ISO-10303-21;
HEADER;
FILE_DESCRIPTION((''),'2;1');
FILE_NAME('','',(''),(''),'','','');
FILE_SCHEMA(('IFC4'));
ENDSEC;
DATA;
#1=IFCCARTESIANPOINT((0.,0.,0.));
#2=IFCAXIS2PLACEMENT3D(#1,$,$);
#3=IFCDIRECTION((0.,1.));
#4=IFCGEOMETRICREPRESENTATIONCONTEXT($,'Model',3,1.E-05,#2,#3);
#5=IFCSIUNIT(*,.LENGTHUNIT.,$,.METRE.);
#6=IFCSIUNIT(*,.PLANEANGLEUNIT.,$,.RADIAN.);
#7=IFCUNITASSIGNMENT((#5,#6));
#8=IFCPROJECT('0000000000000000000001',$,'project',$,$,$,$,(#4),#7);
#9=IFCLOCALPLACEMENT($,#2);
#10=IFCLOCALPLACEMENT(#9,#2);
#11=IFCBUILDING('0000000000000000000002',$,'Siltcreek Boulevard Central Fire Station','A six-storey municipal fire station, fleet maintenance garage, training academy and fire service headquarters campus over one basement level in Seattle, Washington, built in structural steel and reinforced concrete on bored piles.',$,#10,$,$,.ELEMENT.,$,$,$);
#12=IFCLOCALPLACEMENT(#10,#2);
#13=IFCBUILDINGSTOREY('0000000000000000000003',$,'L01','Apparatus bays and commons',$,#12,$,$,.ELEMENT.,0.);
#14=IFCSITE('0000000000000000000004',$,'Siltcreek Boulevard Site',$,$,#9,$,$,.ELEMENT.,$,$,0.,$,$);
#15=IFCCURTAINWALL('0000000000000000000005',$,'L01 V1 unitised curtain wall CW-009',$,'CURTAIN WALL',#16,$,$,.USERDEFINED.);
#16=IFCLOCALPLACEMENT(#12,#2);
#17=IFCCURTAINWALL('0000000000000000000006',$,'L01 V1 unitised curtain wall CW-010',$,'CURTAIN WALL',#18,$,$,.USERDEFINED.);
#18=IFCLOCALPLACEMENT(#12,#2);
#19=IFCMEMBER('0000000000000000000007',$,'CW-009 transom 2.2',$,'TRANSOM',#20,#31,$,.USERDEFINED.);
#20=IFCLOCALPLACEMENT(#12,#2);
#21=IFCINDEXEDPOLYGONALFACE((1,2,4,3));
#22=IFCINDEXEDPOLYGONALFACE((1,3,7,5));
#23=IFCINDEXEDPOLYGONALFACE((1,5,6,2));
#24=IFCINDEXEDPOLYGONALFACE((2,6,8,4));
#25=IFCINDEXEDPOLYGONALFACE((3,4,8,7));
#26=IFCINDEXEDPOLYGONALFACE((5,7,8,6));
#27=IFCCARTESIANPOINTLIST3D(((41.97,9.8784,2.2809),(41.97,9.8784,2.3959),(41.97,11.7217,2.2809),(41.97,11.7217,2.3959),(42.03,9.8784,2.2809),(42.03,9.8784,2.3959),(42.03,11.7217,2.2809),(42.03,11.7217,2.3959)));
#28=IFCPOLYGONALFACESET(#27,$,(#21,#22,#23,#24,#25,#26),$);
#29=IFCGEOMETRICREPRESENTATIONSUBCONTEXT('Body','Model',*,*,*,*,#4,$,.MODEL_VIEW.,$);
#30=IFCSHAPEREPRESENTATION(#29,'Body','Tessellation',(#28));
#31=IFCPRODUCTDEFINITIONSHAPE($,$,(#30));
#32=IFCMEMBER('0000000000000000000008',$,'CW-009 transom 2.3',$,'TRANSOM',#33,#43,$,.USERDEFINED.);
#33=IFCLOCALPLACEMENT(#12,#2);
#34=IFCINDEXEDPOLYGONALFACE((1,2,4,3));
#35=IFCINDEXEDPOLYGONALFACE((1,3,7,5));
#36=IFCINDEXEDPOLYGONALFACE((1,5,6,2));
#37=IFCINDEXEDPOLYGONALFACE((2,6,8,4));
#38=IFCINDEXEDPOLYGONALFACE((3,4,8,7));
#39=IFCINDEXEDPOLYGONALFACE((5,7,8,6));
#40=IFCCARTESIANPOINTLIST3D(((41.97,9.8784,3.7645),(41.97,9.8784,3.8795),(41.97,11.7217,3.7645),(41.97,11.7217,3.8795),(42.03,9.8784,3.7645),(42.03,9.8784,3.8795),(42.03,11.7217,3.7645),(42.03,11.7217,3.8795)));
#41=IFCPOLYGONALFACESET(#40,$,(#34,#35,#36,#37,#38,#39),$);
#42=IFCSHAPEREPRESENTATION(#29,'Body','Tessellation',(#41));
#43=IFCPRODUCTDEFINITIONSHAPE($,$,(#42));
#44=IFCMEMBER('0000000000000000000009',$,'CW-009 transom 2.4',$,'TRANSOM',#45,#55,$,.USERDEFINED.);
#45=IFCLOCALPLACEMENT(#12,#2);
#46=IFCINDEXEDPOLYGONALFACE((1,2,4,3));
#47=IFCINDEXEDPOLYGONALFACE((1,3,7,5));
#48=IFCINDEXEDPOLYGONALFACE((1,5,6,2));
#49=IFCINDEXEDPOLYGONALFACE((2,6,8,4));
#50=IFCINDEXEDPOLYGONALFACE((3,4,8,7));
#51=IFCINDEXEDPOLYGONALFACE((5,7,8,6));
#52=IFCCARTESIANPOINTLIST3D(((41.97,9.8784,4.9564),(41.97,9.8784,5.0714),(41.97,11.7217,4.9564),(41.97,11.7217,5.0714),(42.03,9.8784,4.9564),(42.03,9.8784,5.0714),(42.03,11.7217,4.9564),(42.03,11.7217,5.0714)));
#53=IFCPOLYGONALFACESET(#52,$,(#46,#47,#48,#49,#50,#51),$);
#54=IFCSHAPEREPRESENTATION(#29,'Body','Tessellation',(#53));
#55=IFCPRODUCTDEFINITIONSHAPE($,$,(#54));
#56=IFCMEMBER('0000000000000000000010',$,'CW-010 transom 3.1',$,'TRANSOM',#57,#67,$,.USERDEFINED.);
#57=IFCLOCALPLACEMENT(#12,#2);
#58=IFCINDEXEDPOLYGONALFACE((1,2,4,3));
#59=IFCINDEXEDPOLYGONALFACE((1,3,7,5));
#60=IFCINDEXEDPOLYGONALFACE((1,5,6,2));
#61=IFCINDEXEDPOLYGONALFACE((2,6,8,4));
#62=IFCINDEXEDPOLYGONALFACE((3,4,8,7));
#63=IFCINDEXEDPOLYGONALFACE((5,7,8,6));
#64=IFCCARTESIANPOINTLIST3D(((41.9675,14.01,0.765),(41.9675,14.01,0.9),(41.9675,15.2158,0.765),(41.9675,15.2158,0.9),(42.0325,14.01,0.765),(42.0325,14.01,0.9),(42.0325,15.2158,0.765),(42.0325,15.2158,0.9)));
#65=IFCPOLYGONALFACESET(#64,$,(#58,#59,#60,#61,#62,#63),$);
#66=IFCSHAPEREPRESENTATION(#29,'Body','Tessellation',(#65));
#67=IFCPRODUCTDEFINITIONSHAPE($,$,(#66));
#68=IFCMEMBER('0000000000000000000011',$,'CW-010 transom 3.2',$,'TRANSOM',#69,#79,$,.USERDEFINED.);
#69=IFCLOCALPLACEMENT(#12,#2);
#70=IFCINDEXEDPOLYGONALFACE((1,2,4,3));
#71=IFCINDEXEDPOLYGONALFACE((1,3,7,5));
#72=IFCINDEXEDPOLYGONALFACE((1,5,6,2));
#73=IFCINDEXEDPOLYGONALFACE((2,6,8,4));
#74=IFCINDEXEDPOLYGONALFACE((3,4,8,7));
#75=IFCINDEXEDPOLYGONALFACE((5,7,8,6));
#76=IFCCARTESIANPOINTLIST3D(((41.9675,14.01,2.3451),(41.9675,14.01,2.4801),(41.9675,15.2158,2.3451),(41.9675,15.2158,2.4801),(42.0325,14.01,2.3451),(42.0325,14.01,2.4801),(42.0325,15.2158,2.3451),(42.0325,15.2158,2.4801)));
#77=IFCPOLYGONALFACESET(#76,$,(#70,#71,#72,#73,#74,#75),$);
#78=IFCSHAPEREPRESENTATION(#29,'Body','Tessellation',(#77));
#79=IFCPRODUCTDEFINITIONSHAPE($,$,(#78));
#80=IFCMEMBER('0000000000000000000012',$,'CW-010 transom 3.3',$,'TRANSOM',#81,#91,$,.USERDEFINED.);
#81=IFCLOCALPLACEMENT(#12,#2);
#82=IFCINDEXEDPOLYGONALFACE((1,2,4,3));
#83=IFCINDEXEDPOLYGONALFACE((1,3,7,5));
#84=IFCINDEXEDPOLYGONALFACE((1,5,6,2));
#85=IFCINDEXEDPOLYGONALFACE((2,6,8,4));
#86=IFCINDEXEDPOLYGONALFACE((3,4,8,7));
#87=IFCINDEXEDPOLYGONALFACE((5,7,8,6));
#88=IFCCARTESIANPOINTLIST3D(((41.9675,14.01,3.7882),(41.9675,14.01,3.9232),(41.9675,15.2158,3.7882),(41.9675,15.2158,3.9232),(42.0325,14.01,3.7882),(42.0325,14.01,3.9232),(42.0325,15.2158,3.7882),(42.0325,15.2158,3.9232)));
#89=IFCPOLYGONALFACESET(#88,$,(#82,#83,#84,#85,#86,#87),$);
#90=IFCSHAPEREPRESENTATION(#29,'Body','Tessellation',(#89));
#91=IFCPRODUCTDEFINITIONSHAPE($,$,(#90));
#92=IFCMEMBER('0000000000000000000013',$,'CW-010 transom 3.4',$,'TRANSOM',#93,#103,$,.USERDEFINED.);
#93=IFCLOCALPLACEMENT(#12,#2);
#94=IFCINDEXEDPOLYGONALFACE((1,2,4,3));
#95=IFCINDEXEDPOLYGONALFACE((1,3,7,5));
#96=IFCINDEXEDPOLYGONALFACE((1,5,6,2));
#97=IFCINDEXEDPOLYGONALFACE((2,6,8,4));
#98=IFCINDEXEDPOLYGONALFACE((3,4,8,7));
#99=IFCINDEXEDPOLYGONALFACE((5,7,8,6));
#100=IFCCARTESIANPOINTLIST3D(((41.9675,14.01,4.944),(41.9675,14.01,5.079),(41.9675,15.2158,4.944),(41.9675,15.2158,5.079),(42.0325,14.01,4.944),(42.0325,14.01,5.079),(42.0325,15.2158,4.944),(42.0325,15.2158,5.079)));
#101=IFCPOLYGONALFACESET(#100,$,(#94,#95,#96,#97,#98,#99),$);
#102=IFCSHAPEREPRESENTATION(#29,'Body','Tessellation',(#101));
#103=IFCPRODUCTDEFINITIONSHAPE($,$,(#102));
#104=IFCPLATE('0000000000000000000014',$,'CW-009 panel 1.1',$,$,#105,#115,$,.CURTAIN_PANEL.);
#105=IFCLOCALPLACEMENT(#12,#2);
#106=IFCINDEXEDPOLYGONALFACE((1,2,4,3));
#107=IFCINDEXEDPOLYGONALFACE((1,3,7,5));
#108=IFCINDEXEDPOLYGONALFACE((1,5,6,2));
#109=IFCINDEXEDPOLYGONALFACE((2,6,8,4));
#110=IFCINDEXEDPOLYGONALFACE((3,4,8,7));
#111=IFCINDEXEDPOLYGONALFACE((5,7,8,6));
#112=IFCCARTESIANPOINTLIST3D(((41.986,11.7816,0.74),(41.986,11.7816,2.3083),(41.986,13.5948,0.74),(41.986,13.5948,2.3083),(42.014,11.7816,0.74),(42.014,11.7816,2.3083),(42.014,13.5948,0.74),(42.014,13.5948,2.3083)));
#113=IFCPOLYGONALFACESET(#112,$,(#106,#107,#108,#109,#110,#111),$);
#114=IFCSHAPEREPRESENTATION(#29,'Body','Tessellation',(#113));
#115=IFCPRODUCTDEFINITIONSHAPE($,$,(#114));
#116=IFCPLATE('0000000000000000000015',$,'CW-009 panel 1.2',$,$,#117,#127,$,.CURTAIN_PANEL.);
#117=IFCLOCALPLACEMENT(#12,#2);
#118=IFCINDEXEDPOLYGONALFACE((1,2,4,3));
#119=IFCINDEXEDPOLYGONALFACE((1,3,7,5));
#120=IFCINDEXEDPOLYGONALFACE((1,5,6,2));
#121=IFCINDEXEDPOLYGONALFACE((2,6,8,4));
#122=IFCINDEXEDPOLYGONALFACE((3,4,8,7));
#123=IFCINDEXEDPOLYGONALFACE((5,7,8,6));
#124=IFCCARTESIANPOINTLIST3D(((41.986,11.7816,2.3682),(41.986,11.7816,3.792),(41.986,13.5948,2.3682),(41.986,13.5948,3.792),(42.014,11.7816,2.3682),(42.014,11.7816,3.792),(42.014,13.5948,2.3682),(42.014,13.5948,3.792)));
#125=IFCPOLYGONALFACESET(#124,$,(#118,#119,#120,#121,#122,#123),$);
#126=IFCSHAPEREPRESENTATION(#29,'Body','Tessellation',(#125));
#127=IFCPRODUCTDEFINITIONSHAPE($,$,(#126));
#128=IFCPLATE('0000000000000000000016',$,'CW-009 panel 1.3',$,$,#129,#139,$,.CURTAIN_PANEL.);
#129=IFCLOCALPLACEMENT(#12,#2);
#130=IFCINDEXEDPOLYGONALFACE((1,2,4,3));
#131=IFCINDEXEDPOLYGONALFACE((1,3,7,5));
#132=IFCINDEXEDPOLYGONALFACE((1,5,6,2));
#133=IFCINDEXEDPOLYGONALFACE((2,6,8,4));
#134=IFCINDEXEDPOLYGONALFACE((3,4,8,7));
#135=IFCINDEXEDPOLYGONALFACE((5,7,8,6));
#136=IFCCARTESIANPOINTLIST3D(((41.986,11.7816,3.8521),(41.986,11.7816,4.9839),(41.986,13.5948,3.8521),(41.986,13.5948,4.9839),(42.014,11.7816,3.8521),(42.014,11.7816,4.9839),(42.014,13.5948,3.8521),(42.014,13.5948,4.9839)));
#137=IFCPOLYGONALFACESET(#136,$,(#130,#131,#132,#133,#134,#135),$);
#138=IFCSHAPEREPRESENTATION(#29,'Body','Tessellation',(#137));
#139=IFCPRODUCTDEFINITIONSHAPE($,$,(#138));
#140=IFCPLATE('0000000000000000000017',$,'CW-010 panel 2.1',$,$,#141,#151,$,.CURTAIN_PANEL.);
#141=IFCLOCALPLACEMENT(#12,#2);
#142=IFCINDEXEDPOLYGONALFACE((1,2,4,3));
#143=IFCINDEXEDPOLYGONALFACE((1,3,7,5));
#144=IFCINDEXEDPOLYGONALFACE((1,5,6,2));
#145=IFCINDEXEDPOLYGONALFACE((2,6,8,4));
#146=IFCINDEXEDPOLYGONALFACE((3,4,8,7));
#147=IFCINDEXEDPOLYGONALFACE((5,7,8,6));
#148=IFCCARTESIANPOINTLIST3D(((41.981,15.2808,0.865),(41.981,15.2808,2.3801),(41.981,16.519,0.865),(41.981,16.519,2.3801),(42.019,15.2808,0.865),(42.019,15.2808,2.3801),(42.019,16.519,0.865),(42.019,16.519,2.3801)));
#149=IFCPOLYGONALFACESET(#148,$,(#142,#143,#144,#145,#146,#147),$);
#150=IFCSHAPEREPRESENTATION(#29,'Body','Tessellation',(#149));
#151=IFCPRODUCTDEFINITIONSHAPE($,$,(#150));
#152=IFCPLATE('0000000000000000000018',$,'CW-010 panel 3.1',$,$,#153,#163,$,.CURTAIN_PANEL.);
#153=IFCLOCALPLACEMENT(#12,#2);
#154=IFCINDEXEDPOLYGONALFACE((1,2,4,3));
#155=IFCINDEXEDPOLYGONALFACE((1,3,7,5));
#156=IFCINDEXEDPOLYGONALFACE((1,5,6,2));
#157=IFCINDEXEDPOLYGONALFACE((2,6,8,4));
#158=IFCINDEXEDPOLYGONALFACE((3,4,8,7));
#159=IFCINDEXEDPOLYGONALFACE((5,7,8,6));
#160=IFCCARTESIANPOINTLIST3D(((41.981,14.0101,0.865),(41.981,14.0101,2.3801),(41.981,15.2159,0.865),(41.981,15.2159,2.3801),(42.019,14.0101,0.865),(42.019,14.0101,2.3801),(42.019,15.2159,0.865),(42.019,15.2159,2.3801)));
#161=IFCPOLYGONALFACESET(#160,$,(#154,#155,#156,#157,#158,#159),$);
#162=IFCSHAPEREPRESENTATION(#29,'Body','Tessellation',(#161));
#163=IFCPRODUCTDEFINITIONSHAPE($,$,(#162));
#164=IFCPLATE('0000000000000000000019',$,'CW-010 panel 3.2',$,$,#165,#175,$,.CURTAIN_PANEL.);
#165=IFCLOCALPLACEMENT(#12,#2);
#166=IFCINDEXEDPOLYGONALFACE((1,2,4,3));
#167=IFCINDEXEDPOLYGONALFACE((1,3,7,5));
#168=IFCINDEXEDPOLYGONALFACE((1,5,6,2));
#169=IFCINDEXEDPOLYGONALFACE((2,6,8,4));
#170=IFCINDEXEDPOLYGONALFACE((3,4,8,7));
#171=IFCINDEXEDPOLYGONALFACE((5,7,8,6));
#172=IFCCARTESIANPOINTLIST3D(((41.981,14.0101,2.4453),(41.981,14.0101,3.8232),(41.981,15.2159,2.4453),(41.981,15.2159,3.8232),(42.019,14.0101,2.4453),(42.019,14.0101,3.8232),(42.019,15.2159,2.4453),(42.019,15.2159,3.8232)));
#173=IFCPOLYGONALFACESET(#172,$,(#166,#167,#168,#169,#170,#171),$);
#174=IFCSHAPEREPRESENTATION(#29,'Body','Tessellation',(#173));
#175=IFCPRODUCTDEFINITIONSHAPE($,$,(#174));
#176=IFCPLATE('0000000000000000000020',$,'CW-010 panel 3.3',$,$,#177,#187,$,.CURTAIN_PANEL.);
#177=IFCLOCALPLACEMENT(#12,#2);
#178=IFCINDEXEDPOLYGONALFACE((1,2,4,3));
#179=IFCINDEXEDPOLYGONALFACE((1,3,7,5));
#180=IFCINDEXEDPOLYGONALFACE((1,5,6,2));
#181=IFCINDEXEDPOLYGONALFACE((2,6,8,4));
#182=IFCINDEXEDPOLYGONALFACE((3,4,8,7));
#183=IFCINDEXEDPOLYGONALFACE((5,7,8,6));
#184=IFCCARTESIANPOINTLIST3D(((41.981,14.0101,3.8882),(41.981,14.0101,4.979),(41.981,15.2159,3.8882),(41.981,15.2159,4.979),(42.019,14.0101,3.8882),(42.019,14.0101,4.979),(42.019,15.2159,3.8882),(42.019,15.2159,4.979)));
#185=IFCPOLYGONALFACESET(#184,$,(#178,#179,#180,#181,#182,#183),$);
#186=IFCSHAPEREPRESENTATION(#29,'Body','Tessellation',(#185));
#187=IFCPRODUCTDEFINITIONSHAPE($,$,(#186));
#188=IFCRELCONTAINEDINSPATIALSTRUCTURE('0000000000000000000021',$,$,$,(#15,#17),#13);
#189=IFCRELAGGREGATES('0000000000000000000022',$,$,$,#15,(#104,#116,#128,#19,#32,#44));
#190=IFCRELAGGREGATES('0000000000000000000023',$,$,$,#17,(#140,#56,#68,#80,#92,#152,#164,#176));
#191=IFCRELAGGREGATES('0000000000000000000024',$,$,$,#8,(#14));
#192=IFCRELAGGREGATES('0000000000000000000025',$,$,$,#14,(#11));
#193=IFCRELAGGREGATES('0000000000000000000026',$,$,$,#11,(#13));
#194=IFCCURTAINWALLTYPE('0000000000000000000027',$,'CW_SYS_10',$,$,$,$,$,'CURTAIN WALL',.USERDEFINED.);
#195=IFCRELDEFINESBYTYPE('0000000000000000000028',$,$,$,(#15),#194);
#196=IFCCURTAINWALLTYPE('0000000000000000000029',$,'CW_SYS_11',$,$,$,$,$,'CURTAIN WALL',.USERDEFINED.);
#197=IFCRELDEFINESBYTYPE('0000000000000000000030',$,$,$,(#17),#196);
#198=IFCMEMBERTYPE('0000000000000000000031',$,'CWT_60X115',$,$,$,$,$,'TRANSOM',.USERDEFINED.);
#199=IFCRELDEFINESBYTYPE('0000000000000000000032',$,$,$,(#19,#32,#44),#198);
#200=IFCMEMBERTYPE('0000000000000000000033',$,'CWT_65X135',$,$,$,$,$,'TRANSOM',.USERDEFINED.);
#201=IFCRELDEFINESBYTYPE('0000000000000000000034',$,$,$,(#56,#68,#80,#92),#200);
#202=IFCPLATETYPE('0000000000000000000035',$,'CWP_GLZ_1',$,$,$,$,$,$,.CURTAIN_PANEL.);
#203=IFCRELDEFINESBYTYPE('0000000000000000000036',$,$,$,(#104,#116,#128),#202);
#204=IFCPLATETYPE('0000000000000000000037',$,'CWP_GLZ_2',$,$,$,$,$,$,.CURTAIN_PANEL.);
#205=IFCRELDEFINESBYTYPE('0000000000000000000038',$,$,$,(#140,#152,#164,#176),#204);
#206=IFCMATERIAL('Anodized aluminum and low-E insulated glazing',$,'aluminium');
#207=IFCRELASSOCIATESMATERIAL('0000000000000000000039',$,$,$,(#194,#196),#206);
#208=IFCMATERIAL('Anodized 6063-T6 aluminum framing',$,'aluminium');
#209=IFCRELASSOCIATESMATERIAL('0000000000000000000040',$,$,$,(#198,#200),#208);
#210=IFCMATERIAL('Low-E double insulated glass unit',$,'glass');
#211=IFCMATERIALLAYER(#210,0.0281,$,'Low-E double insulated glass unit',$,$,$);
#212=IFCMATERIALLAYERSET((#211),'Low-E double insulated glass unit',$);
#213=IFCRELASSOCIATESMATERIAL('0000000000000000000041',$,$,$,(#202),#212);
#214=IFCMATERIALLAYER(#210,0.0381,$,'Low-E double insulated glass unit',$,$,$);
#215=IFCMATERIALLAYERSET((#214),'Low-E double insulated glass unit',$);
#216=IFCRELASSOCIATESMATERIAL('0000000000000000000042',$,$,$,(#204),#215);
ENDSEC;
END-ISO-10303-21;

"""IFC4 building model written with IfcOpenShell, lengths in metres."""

from ifc_helpers import new_model, si_unit, direction, frame, origin, origin_2d, place, context, subcontext, project, spatial, rectangle, extrude, material, layer, layer_set, material_profile, profile_set, type_object, element, aggregate, save


model = new_model("IFC4")

# Units and contexts
model_context = context("Model", 3, precision=1e-05, world=origin(), true_north=direction((0.0, 1.0)))
body_context = subcontext(model_context, "Body", "Model", "MODEL_VIEW")
ifc_project = project(units=[si_unit("LENGTHUNIT", "METRE"), si_unit("PLANEANGLEUNIT", "RADIAN")], contexts=[model_context])

# Site, building, storey
site_placement = place(None, origin())
site = spatial("IfcSite", under=ifc_project, at=site_placement, Name="Siltcreek Boulevard Site", CompositionType="ELEMENT", RefElevation=0.0)
building_placement = place(site_placement, origin())
building = spatial("IfcBuilding", under=site, at=building_placement, Name="Siltcreek Boulevard Central Fire Station", Description="A six-storey municipal fire station, fleet maintenance garage, training academy and fire service headquarters campus over one basement level in Seattle, Washington, built in structural steel and reinforced concrete on bored piles.", CompositionType="ELEMENT")
storey_placement = place(building_placement, origin())
storey = spatial("IfcBuildingStorey", under=building, at=storey_placement, Name="L01", Description="Apparatus bays and commons", CompositionType="ELEMENT", Elevation=0.0)

# Curtain walls
ifc_material_1 = material(Name="Anodized aluminum and low-E insulated glazing", Category="aluminium")
curtain_wall_type_1 = type_object("IfcCurtainWallType", Name="CW_SYS_10", ElementType="CURTAIN WALL", PredefinedType="USERDEFINED", material=ifc_material_1)
curtain_wall_1_placement = place(storey_placement, origin())
curtain_wall_1 = element("IfcCurtainWall", 1, at=curtain_wall_1_placement, inside=storey, type_object=curtain_wall_type_1, Name="L01 V1 unitised curtain wall CW-009", ObjectType="CURTAIN WALL", PredefinedType="USERDEFINED")
ifc_material_2 = material(Name="Anodized 6063-T6 aluminum framing", Category="aluminium")
curtain_wall_type_2 = type_object("IfcCurtainWallType", Name="CW_SYS_11", ElementType="CURTAIN WALL", PredefinedType="USERDEFINED", material=ifc_material_1)
curtain_wall_2_placement = place(storey_placement, origin())
curtain_wall_2 = element("IfcCurtainWall", 2, at=curtain_wall_2_placement, inside=storey, type_object=curtain_wall_type_2, Name="L01 V1 unitised curtain wall CW-010", ObjectType="CURTAIN WALL", PredefinedType="USERDEFINED")

# Members
ifc_material_profile_1 = material_profile(ifc_material_2, rectangle(XDim=0.0601, YDim=0.115, at=origin_2d()), Name="TRAN60X115")
ifc_profile_set_1 = profile_set([ifc_material_profile_1], Name="Anodized 6063-T6 aluminum framing")
member_type_1 = type_object("IfcMemberType", Name="CWT_60X115", ElementType="TRANSOM", PredefinedType="USERDEFINED", material=ifc_profile_set_1)
member_1_placement = place(storey_placement, frame((42.0, 11.7217, 2.3384), z_axis=(0.0, -1.0, 0.0), x_axis=(1.0, 0.0, 0.0)))
member_1 = element("IfcMember", 3, at=member_1_placement, type_object=member_type_1, Name="CW-009 transom 2.2", ObjectType="TRANSOM", PredefinedType="USERDEFINED", context=body_context, shape_type="SweptSolid", body=[
    extrude(rectangle(XDim=0.0601, YDim=0.115, at=origin_2d()), origin(), (0.0, 0.0, 1.0), 1.8433),
])
member_2_placement = place(storey_placement, frame((42.0, 11.7217, 3.822), z_axis=(0.0, -1.0, 0.0), x_axis=(1.0, 0.0, 0.0)))
member_2 = element("IfcMember", 4, at=member_2_placement, type_object=member_type_1, Name="CW-009 transom 2.3", ObjectType="TRANSOM", PredefinedType="USERDEFINED", context=body_context, shape_type="SweptSolid", body=[
    extrude(rectangle(XDim=0.0601, YDim=0.115, at=origin_2d()), origin(), (0.0, 0.0, 1.0), 1.8433),
])
member_3_placement = place(storey_placement, frame((42.0, 11.7217, 5.0139), z_axis=(0.0, -1.0, 0.0), x_axis=(1.0, 0.0, 0.0)))
member_3 = element("IfcMember", 5, at=member_3_placement, type_object=member_type_1, Name="CW-009 transom 2.4", ObjectType="TRANSOM", PredefinedType="USERDEFINED", context=body_context, shape_type="SweptSolid", body=[
    extrude(rectangle(XDim=0.0601, YDim=0.115, at=origin_2d()), origin(), (0.0, 0.0, 1.0), 1.8433),
])
ifc_material_profile_2 = material_profile(ifc_material_2, rectangle(XDim=0.0649, YDim=0.135, at=origin_2d()), Name="TRAN65X135")
ifc_profile_set_2 = profile_set([ifc_material_profile_2], Name="Anodized 6063-T6 aluminum framing")
member_type_2 = type_object("IfcMemberType", Name="CWT_65X135", ElementType="TRANSOM", PredefinedType="USERDEFINED", material=ifc_profile_set_2)
member_4_placement = place(storey_placement, frame((42.0, 15.2158, 0.8325), z_axis=(0.0, -1.0, 0.0), x_axis=(1.0, 0.0, 0.0)))
member_4 = element("IfcMember", 6, at=member_4_placement, type_object=member_type_2, Name="CW-010 transom 3.1", ObjectType="TRANSOM", PredefinedType="USERDEFINED", context=body_context, shape_type="SweptSolid", body=[
    extrude(rectangle(XDim=0.0649, YDim=0.135, at=origin_2d()), origin(), (0.0, 0.0, 1.0), 1.2058),
])
member_5_placement = place(storey_placement, frame((42.0, 15.2158, 2.4126), z_axis=(0.0, -1.0, 0.0), x_axis=(1.0, 0.0, 0.0)))
member_5 = element("IfcMember", 7, at=member_5_placement, type_object=member_type_2, Name="CW-010 transom 3.2", ObjectType="TRANSOM", PredefinedType="USERDEFINED", context=body_context, shape_type="SweptSolid", body=[
    extrude(rectangle(XDim=0.0649, YDim=0.135, at=origin_2d()), origin(), (0.0, 0.0, 1.0), 1.2058),
])
member_6_placement = place(storey_placement, frame((42.0, 15.2158, 3.8557), z_axis=(0.0, -1.0, 0.0), x_axis=(1.0, 0.0, 0.0)))
member_6 = element("IfcMember", 8, at=member_6_placement, type_object=member_type_2, Name="CW-010 transom 3.3", ObjectType="TRANSOM", PredefinedType="USERDEFINED", context=body_context, shape_type="SweptSolid", body=[
    extrude(rectangle(XDim=0.0649, YDim=0.135, at=origin_2d()), origin(), (0.0, 0.0, 1.0), 1.2058),
])
member_7_placement = place(storey_placement, frame((42.0, 15.2158, 5.0115), z_axis=(0.0, -1.0, 0.0), x_axis=(1.0, 0.0, 0.0)))
member_7 = element("IfcMember", 9, at=member_7_placement, type_object=member_type_2, Name="CW-010 transom 3.4", ObjectType="TRANSOM", PredefinedType="USERDEFINED", context=body_context, shape_type="SweptSolid", body=[
    extrude(rectangle(XDim=0.0649, YDim=0.135, at=origin_2d()), origin(), (0.0, 0.0, 1.0), 1.2058),
])

# Plates
ifc_material_3 = material(Name="Low-E double insulated glass unit", Category="glass")
ifc_layer_1 = layer(ifc_material_3, 0.0281, Name="Low-E double insulated glass unit")
ifc_layer_set_1 = layer_set([ifc_layer_1], Name="Low-E double insulated glass unit")
plate_type_1 = type_object("IfcPlateType", Name="CWP_GLZ_1", PredefinedType="CURTAIN_PANEL", material=ifc_layer_set_1)
plate_1_placement = place(storey_placement, frame((42.0, 12.6882, 0.74), z_axis=(0.0, 0.0, 1.0), x_axis=(0.0, -1.0, 0.0)))
plate_1 = element("IfcPlate", 10, at=plate_1_placement, type_object=plate_type_1, Name="CW-009 panel 1.1", PredefinedType="CURTAIN_PANEL", context=body_context, shape_type="SweptSolid", body=[
    extrude(rectangle(XDim=1.8132, YDim=0.0281, at=origin_2d()), origin(), (0.0, 0.0, 1.0), 1.5684),
])
plate_2_placement = place(storey_placement, frame((42.0, 12.6882, 2.3682), z_axis=(0.0, 0.0, 1.0), x_axis=(0.0, -1.0, 0.0)))
plate_2 = element("IfcPlate", 11, at=plate_2_placement, type_object=plate_type_1, Name="CW-009 panel 1.2", PredefinedType="CURTAIN_PANEL", context=body_context, shape_type="SweptSolid", body=[
    extrude(rectangle(XDim=1.8132, YDim=0.0281, at=origin_2d()), origin(), (0.0, 0.0, 1.0), 1.4238),
])
plate_3_placement = place(storey_placement, frame((42.0, 12.6882, 3.8521), z_axis=(0.0, 0.0, 1.0), x_axis=(0.0, -1.0, 0.0)))
plate_3 = element("IfcPlate", 12, at=plate_3_placement, type_object=plate_type_1, Name="CW-009 panel 1.3", PredefinedType="CURTAIN_PANEL", context=body_context, shape_type="SweptSolid", body=[
    extrude(rectangle(XDim=1.8132, YDim=0.0281, at=origin_2d()), origin(), (0.0, 0.0, 1.0), 1.1318),
])
aggregate(curtain_wall_1, [plate_1, plate_2, plate_3, member_1, member_2, member_3])
ifc_layer_2 = layer(ifc_material_3, 0.0381, Name="Low-E double insulated glass unit")
ifc_layer_set_2 = layer_set([ifc_layer_2], Name="Low-E double insulated glass unit")
plate_type_2 = type_object("IfcPlateType", Name="CWP_GLZ_2", PredefinedType="CURTAIN_PANEL", material=ifc_layer_set_2)
plate_4_placement = place(storey_placement, frame((42.0, 15.8999, 0.865), z_axis=(0.0, 0.0, 1.0), x_axis=(0.0, -1.0, 0.0)))
plate_4 = element("IfcPlate", 13, at=plate_4_placement, type_object=plate_type_2, Name="CW-010 panel 2.1", PredefinedType="CURTAIN_PANEL", context=body_context, shape_type="SweptSolid", body=[
    extrude(rectangle(XDim=1.2383, YDim=0.0381, at=origin_2d()), origin(), (0.0, 0.0, 1.0), 1.5151),
])
plate_5_placement = place(storey_placement, frame((42.0, 14.613, 0.865), z_axis=(0.0, 0.0, 1.0), x_axis=(0.0, -1.0, 0.0)))
plate_5 = element("IfcPlate", 14, at=plate_5_placement, type_object=plate_type_2, Name="CW-010 panel 3.1", PredefinedType="CURTAIN_PANEL", context=body_context, shape_type="SweptSolid", body=[
    extrude(rectangle(XDim=1.2058, YDim=0.0381, at=origin_2d()), origin(), (0.0, 0.0, 1.0), 1.5151),
])
plate_6_placement = place(storey_placement, frame((42.0, 14.613, 2.4453), z_axis=(0.0, 0.0, 1.0), x_axis=(0.0, -1.0, 0.0)))
plate_6 = element("IfcPlate", 15, at=plate_6_placement, type_object=plate_type_2, Name="CW-010 panel 3.2", PredefinedType="CURTAIN_PANEL", context=body_context, shape_type="SweptSolid", body=[
    extrude(rectangle(XDim=1.2058, YDim=0.0381, at=origin_2d()), origin(), (0.0, 0.0, 1.0), 1.3779),
])
plate_7_placement = place(storey_placement, frame((42.0, 14.613, 3.8882), z_axis=(0.0, 0.0, 1.0), x_axis=(0.0, -1.0, 0.0)))
plate_7 = element("IfcPlate", 16, at=plate_7_placement, type_object=plate_type_2, Name="CW-010 panel 3.3", PredefinedType="CURTAIN_PANEL", context=body_context, shape_type="SweptSolid", body=[
    extrude(rectangle(XDim=1.2058, YDim=0.0381, at=origin_2d()), origin(), (0.0, 0.0, 1.0), 1.0908),
])
aggregate(curtain_wall_2, [plate_4, member_4, member_5, member_6, member_7, plate_5, plate_6, plate_7])

save(model, "model.ifc")
